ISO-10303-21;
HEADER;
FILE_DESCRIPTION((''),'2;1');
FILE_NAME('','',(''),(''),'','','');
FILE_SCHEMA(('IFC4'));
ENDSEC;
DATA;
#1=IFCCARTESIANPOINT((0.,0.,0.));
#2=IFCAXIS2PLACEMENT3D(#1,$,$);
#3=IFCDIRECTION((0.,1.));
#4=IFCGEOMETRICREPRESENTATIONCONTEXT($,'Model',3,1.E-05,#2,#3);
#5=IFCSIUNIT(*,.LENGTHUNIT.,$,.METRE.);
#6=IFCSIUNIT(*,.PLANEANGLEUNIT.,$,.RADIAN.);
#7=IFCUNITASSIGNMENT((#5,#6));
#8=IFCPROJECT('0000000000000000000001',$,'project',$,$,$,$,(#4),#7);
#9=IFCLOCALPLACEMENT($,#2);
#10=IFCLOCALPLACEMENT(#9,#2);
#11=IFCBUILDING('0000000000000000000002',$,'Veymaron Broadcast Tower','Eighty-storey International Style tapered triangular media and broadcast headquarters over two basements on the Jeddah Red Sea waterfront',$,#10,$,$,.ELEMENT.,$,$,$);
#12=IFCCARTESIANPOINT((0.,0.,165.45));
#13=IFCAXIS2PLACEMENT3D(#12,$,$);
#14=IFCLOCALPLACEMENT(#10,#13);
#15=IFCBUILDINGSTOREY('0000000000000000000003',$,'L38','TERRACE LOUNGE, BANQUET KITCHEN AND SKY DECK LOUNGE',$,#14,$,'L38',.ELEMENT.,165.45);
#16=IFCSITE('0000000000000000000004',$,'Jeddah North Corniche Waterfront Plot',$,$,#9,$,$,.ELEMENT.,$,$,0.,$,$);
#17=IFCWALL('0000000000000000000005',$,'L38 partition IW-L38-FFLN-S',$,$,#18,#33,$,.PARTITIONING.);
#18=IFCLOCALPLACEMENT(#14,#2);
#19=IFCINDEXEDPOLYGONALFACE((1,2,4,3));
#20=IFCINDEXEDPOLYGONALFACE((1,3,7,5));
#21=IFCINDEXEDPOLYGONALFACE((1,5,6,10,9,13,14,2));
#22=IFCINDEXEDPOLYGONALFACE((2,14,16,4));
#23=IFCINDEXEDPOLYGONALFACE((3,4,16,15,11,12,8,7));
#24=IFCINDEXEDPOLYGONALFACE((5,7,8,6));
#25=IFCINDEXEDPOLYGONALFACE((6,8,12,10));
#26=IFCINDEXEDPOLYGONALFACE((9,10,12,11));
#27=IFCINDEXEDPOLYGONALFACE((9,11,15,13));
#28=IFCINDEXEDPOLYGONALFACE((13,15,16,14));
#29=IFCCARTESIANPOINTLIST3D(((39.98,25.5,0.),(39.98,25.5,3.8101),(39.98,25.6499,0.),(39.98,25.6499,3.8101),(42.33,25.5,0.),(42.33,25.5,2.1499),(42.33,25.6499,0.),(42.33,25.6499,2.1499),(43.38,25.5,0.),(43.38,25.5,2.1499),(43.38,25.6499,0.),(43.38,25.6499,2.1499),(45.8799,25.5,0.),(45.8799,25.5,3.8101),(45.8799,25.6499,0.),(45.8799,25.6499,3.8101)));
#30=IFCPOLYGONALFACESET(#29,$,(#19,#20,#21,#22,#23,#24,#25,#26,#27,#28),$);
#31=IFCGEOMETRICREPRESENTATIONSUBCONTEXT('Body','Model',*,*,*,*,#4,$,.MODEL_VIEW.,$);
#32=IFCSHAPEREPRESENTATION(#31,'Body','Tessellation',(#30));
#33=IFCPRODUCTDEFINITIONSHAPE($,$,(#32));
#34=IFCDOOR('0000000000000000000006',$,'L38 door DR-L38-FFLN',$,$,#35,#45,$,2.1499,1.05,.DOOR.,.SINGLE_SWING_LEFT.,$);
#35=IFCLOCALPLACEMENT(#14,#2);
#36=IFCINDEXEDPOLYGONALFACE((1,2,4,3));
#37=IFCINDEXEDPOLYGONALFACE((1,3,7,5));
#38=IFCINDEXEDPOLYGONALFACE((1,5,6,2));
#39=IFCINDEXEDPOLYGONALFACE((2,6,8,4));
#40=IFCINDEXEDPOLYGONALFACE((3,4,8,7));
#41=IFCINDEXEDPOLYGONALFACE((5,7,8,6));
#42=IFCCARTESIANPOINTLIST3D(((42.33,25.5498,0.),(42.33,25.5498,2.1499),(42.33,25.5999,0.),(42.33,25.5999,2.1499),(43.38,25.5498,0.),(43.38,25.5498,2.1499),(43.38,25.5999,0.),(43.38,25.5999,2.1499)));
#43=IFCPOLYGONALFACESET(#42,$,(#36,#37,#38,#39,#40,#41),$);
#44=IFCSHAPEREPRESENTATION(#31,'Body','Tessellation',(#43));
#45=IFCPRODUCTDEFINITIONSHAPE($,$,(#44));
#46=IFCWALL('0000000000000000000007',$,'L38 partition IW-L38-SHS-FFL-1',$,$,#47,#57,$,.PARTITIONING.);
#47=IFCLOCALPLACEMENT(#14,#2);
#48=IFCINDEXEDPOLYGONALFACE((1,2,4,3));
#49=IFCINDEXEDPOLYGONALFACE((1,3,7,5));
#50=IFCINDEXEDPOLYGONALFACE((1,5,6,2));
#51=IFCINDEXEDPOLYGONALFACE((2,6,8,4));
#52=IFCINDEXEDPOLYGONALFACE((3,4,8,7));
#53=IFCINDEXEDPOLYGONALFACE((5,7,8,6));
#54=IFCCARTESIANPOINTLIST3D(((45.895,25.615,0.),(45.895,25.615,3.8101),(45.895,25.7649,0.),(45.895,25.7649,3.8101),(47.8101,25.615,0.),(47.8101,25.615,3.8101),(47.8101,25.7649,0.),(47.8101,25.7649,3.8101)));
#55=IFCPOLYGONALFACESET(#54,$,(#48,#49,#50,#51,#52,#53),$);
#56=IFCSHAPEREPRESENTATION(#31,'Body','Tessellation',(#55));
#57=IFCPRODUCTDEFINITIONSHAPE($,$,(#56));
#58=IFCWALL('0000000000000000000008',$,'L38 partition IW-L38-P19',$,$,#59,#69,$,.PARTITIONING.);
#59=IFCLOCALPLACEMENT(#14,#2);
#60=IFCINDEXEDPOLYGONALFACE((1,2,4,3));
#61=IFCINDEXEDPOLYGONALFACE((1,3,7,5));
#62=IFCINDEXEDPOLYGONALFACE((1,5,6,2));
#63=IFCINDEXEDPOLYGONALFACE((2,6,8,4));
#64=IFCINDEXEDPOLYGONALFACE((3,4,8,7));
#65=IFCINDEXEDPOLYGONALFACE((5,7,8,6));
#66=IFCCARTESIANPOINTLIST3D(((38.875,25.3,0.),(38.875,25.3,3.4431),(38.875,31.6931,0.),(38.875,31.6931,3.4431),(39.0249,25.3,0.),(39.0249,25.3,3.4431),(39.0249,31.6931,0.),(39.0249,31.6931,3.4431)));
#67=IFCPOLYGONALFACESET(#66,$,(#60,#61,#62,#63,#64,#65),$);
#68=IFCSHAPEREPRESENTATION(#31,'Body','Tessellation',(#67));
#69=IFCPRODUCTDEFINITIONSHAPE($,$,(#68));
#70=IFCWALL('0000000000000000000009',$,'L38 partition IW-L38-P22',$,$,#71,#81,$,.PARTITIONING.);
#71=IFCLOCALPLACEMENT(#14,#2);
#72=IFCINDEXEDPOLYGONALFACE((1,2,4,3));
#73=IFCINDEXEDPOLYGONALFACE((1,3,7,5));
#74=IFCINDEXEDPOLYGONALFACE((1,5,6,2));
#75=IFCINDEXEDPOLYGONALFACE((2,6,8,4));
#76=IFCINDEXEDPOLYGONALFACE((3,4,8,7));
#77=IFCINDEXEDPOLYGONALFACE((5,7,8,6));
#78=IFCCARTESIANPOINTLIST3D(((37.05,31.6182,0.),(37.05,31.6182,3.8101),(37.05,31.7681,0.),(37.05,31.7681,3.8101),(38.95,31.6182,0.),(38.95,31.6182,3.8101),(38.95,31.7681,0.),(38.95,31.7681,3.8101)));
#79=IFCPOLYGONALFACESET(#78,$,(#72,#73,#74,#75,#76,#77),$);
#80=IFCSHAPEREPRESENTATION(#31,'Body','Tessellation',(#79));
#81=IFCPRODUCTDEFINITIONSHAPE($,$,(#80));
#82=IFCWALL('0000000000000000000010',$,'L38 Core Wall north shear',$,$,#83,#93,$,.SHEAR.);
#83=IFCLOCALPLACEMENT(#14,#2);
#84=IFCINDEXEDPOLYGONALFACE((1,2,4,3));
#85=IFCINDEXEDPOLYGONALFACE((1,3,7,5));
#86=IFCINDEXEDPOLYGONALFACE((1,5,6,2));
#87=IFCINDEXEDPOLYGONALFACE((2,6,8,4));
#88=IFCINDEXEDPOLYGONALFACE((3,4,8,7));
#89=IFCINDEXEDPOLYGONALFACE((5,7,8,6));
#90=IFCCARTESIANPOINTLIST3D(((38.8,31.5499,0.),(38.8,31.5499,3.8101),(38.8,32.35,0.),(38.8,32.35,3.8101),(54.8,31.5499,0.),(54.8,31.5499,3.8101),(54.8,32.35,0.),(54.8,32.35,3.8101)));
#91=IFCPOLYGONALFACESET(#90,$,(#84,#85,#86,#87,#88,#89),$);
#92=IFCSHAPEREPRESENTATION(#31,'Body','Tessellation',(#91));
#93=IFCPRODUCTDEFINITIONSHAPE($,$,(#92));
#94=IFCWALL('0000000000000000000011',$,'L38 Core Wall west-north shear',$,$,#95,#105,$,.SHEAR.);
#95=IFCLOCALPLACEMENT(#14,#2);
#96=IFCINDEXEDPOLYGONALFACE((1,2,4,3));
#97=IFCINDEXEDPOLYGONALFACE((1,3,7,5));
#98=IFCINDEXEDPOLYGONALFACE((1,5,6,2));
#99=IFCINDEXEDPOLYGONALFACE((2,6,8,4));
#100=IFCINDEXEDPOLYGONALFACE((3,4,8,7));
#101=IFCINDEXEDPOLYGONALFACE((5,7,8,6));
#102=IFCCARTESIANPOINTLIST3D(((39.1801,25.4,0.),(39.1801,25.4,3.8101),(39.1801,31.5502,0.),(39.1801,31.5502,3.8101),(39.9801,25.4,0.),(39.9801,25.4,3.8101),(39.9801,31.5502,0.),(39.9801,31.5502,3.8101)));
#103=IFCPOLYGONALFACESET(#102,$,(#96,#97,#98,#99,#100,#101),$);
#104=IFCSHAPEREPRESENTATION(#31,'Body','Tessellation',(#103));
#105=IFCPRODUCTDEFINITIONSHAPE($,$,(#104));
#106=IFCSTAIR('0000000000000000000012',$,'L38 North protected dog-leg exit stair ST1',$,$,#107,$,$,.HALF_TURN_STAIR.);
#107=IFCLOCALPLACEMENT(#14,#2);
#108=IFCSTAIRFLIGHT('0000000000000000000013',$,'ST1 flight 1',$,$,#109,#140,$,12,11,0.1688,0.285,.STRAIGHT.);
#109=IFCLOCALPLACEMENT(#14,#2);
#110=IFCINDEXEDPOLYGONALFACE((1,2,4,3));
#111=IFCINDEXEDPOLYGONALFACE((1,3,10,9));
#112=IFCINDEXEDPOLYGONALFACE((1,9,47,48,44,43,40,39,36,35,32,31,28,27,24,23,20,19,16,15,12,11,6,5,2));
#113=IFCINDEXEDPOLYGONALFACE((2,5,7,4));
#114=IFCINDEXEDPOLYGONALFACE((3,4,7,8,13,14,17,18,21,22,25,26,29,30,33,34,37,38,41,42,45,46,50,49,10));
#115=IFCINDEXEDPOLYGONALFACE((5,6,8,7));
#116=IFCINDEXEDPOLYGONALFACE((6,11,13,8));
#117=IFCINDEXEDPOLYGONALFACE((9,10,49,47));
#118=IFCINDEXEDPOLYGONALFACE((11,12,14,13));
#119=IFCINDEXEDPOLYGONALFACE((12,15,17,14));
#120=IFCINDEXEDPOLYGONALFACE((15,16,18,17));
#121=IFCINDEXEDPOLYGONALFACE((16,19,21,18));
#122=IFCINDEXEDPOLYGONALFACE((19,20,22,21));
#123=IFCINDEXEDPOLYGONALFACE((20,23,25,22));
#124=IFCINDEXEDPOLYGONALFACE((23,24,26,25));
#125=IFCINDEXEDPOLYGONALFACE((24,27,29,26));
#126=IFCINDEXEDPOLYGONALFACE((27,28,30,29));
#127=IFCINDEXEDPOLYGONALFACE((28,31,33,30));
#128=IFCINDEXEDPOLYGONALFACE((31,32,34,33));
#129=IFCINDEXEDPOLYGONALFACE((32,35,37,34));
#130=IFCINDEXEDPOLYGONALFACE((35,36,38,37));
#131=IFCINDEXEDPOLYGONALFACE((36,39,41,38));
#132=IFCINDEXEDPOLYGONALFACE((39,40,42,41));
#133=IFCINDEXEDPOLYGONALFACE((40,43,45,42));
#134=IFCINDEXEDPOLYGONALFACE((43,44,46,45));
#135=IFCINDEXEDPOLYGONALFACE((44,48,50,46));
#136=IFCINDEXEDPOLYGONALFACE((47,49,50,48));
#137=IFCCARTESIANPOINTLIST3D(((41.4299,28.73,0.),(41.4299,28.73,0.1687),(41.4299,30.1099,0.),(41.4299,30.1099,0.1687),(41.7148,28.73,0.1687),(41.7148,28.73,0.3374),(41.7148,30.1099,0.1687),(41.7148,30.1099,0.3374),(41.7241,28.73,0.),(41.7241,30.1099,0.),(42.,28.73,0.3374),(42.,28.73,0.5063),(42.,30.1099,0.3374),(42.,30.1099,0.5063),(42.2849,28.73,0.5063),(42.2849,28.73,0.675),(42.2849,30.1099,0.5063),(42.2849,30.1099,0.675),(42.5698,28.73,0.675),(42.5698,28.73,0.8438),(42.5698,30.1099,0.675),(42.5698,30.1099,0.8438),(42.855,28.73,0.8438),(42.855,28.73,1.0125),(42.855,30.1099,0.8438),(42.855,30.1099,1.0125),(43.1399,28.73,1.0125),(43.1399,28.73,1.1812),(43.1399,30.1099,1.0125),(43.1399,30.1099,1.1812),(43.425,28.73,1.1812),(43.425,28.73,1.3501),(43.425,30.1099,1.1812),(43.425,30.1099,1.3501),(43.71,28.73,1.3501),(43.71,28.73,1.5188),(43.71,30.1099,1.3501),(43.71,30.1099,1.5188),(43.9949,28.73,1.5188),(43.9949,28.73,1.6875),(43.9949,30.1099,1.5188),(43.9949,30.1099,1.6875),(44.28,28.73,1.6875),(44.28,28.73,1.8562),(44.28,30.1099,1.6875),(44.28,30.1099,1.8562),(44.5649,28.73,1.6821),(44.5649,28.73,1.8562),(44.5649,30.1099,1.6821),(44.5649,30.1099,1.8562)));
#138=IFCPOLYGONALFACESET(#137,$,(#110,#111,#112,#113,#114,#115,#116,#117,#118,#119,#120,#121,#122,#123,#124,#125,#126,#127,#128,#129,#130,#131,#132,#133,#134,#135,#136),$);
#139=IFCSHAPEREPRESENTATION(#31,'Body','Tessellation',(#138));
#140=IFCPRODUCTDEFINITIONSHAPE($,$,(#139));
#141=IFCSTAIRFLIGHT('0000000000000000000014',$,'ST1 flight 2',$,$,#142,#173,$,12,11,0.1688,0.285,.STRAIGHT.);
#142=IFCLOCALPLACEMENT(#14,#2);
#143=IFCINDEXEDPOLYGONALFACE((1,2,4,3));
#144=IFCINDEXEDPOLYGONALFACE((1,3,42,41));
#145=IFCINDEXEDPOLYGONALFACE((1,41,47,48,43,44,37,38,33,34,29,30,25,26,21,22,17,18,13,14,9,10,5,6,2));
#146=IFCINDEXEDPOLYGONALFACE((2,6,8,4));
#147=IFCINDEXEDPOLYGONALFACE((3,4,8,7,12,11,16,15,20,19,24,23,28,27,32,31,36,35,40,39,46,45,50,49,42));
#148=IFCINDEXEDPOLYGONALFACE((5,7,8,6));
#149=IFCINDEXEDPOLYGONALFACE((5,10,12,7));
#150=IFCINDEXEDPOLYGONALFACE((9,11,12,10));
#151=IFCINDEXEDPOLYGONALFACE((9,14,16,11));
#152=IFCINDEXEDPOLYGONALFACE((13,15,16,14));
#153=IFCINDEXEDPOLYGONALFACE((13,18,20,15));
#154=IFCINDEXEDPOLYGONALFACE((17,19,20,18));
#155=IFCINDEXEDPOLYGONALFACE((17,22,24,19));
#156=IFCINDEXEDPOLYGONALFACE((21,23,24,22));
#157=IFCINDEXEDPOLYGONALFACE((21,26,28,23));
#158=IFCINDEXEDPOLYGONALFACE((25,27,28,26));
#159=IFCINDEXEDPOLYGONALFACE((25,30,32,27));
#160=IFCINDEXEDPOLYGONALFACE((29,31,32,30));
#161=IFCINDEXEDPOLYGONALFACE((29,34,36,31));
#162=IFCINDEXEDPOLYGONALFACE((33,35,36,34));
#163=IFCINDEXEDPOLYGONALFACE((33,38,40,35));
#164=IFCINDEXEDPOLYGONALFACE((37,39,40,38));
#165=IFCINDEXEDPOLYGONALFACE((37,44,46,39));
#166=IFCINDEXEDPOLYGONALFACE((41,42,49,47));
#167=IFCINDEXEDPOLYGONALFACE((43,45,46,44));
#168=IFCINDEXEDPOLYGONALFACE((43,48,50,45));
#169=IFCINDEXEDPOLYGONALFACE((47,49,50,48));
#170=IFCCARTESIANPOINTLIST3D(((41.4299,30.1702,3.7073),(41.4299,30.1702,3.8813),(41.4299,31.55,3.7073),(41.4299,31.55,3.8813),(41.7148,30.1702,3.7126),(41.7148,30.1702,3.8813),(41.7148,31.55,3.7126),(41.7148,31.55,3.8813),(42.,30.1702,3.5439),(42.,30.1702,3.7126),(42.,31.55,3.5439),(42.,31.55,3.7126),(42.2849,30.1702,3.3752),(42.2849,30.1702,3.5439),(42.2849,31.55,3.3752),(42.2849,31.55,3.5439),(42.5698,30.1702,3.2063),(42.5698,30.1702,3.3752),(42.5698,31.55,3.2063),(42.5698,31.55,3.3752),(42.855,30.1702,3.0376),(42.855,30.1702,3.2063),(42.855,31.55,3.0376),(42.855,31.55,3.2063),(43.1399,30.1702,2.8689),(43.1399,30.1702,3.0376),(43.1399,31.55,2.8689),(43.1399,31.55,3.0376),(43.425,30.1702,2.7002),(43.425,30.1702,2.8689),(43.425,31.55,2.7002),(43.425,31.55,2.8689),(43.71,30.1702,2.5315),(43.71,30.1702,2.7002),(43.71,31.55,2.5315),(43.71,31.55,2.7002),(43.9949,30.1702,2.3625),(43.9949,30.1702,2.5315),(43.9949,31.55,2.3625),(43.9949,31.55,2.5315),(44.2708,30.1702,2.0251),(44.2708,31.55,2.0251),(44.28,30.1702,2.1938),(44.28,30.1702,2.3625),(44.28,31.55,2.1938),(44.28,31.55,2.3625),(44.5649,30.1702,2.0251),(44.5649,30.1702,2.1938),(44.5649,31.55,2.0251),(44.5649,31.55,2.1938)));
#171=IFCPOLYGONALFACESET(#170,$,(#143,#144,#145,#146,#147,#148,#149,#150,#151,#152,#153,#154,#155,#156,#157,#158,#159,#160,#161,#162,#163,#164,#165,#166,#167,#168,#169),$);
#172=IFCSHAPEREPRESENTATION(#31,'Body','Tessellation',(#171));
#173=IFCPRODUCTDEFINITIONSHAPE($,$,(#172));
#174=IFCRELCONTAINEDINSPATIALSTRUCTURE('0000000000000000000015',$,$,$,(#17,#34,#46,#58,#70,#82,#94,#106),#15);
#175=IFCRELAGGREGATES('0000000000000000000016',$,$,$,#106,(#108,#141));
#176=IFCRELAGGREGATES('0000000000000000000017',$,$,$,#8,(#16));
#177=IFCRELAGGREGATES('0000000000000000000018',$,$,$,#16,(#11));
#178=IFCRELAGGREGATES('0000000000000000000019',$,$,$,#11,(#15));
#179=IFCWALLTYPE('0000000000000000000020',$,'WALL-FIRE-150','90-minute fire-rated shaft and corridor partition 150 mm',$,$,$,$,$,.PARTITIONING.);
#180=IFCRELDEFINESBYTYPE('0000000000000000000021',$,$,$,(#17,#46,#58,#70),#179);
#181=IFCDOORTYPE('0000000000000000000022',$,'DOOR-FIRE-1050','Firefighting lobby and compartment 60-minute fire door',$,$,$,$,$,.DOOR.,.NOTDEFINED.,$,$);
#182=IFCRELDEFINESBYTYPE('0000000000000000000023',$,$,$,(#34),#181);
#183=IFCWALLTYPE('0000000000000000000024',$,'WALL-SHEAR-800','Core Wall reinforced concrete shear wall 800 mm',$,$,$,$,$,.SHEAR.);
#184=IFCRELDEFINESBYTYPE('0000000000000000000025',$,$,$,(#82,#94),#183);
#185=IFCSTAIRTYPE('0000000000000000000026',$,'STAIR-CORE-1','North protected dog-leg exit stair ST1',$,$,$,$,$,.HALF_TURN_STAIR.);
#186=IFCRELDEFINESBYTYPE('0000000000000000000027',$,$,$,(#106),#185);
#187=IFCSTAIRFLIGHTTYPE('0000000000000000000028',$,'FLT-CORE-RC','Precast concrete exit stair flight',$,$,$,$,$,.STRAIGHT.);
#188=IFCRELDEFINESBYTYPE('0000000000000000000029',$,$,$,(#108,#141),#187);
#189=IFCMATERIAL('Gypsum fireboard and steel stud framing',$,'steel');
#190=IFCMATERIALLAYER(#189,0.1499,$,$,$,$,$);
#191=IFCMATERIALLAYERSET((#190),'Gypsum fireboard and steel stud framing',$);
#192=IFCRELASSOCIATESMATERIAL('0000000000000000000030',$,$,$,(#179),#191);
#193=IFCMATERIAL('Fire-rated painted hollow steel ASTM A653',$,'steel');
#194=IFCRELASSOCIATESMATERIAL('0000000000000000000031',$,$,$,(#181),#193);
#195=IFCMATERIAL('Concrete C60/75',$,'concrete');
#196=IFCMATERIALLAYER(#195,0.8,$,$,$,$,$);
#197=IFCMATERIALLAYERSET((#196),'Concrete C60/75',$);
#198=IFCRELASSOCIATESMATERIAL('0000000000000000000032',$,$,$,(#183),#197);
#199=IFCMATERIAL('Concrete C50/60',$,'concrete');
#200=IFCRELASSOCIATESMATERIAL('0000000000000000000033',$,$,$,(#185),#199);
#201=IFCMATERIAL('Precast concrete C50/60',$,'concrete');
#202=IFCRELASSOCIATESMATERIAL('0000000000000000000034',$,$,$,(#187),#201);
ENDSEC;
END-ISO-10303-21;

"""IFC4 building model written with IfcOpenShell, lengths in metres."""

from ifc_helpers import new_model, si_unit, direction, frame, frame_2d, origin, place, context, subcontext, project, spatial, polyline, rectangle, outline, extrude, material, layer, layer_set, type_object, element, fill, aggregate, save


model = new_model("IFC4")

# Units and contexts
model_context = context("Model", 3, precision=1e-05, world=origin(), true_north=direction((0.0, 1.0)))
body_context = subcontext(model_context, "Body", "Model", "MODEL_VIEW")
ifc_project = project(units=[si_unit("LENGTHUNIT", "METRE"), si_unit("PLANEANGLEUNIT", "RADIAN")], contexts=[model_context])

# Site, building, storey
site_placement = place(None, origin())
site = spatial("IfcSite", under=ifc_project, at=site_placement, Name="Jeddah North Corniche Waterfront Plot", CompositionType="ELEMENT", RefElevation=0.0)
building_placement = place(site_placement, origin())
building = spatial("IfcBuilding", under=site, at=building_placement, Name="Veymaron Broadcast Tower", Description="Eighty-storey International Style tapered triangular media and broadcast headquarters over two basements on the Jeddah Red Sea waterfront", CompositionType="ELEMENT")
storey_placement = place(building_placement, frame((0.0, 0.0, 165.45)))
storey = spatial("IfcBuildingStorey", under=building, at=storey_placement, Name="L38", Description="TERRACE LOUNGE, BANQUET KITCHEN AND SKY DECK LOUNGE", LongName="L38", CompositionType="ELEMENT", Elevation=165.45)

# Wall, opening, door
ifc_material_1 = material(Name="Gypsum fireboard and steel stud framing", Category="steel")
ifc_layer_1 = layer(ifc_material_1, 0.1499)
ifc_layer_set_1 = layer_set([ifc_layer_1], Name="Gypsum fireboard and steel stud framing")
wall_type_1 = type_object("IfcWallType", Name="WALL-FIRE-150", Description="90-minute fire-rated shaft and corridor partition 150 mm", PredefinedType="PARTITIONING", material=ifc_layer_set_1)
wall_1_placement = place(storey_placement, frame((39.98, 25.575, 0.0), z_axis=(0.0, 0.0, 1.0), x_axis=(1.0, 0.0, 0.0)))
wall_1 = element("IfcWall", 1, at=wall_1_placement, inside=storey, type_object=wall_type_1, Name="L38 partition IW-L38-FFLN-S", PredefinedType="PARTITIONING", context=body_context, shape_type="SweptSolid", body=[
    extrude(rectangle(XDim=5.8999, YDim=0.1499, at=frame_2d((2.95, 0.0))), origin(), (0.0, 0.0, 1.0), 3.8101),
])
opening_1_placement = place(wall_1_placement, frame((2.3501, 0.0, 0.0)))
opening_1 = element("IfcOpeningElement", 2, at=opening_1_placement, cuts=wall_1, PredefinedType="OPENING", context=body_context, shape_type="SweptSolid", body=[
    extrude(rectangle(XDim=1.05, YDim=2.1499, at=frame_2d((0.5249, 1.075))), frame((0.0, 0.085, 0.0), z_axis=(0.0, -1.0, 0.0), x_axis=(1.0, 0.0, 0.0)), (0.0, 0.0, 1.0), 0.1699),
])
ifc_material_2 = material(Name="Fire-rated painted hollow steel ASTM A653", Category="steel")
door_type_1 = type_object("IfcDoorType", Name="DOOR-FIRE-1050", Description="Firefighting lobby and compartment 60-minute fire door", OperationType="NOTDEFINED", PredefinedType="DOOR", material=ifc_material_2)
door_1_placement = place(opening_1_placement, origin())
door_1 = element("IfcDoor", 3, at=door_1_placement, inside=storey, type_object=door_type_1, Name="L38 door DR-L38-FFLN", OperationType="SINGLE_SWING_LEFT", OverallHeight=2.1499, OverallWidth=1.05, PredefinedType="DOOR", context=body_context, shape_type="SweptSolid", body=[
    extrude(rectangle(XDim=1.05, YDim=2.1499, at=frame_2d((0.5249, 1.075))), frame((0.0, 0.0249, 0.0), z_axis=(0.0, -1.0, 0.0), x_axis=(1.0, 0.0, 0.0)), (0.0, 0.0, 1.0), 0.05),
])
fill(opening_1, door_1)

# Walls
wall_2_placement = place(storey_placement, frame((45.895, 25.6899, 0.0), z_axis=(0.0, 0.0, 1.0), x_axis=(1.0, 0.0, 0.0)))
element("IfcWall", 4, at=wall_2_placement, inside=storey, type_object=wall_type_1, Name="L38 partition IW-L38-SHS-FFL-1", PredefinedType="PARTITIONING", context=body_context, shape_type="SweptSolid", body=[
    extrude(rectangle(XDim=1.915, YDim=0.1499, at=frame_2d((0.9575, 0.0))), origin(), (0.0, 0.0, 1.0), 3.8101),
])
wall_3_placement = place(storey_placement, frame((38.95, 25.3, 0.0), z_axis=(0.0, 0.0, 1.0), x_axis=(0.0, 1.0, 0.0)))
element("IfcWall", 5, at=wall_3_placement, inside=storey, type_object=wall_type_1, Name="L38 partition IW-L38-P19", PredefinedType="PARTITIONING", context=body_context, shape_type="SweptSolid", body=[
    extrude(rectangle(XDim=6.3931, YDim=0.1499, at=frame_2d((3.1965, 0.0))), origin(), (0.0, 0.0, 1.0), 3.4431),
])
wall_4_placement = place(storey_placement, frame((37.05, 31.6931, 0.0), z_axis=(0.0, 0.0, 1.0), x_axis=(1.0, 0.0, 0.0)))
element("IfcWall", 6, at=wall_4_placement, inside=storey, type_object=wall_type_1, Name="L38 partition IW-L38-P22", PredefinedType="PARTITIONING", context=body_context, shape_type="SweptSolid", body=[
    extrude(rectangle(XDim=1.8999, YDim=0.1499, at=frame_2d((0.95, 0.0))), origin(), (0.0, 0.0, 1.0), 3.8101),
])

# Shared definitions
ifc_material_3 = material(Name="Concrete C50/60", Category="concrete")

# Walls
ifc_material_4 = material(Name="Concrete C60/75", Category="concrete")
ifc_layer_2 = layer(ifc_material_4, 0.8)
ifc_layer_set_2 = layer_set([ifc_layer_2], Name="Concrete C60/75")
wall_type_2 = type_object("IfcWallType", Name="WALL-SHEAR-800", Description="Core Wall reinforced concrete shear wall 800 mm", PredefinedType="SHEAR", material=ifc_layer_set_2)
wall_5_placement = place(storey_placement, frame((38.8, 31.95, 0.0), z_axis=(0.0, 0.0, 1.0), x_axis=(1.0, 0.0, 0.0)))
element("IfcWall", 7, at=wall_5_placement, inside=storey, type_object=wall_type_2, Name="L38 Core Wall north shear", PredefinedType="SHEAR", context=body_context, shape_type="SweptSolid", body=[
    extrude(rectangle(XDim=16.0, YDim=0.8, at=frame_2d((8.0, 0.0))), origin(), (0.0, 0.0, 1.0), 3.8101),
])
wall_6_placement = place(storey_placement, frame((39.5801, 25.3999, 0.0), z_axis=(0.0, 0.0, 1.0), x_axis=(0.0, 1.0, 0.0)))
element("IfcWall", 8, at=wall_6_placement, inside=storey, type_object=wall_type_2, Name="L38 Core Wall west-north shear", PredefinedType="SHEAR", context=body_context, shape_type="SweptSolid", body=[
    extrude(rectangle(XDim=6.1501, YDim=0.8, at=frame_2d((3.0752, 0.0))), origin(), (0.0, 0.0, 1.0), 3.8101),
])

# Stair, stair flights
stair_type = type_object("IfcStairType", Name="STAIR-CORE-1", Description="North protected dog-leg exit stair ST1", PredefinedType="HALF_TURN_STAIR", material=ifc_material_3)
stair_placement = place(storey_placement, origin())
stair = element("IfcStair", 9, at=stair_placement, inside=storey, type_object=stair_type, Name="L38 North protected dog-leg exit stair ST1", PredefinedType="HALF_TURN_STAIR")
ifc_material_5 = material(Name="Precast concrete C50/60", Category="concrete")
stair_flight_type = type_object("IfcStairFlightType", Name="FLT-CORE-RC", Description="Precast concrete exit stair flight", PredefinedType="STRAIGHT", material=ifc_material_5)
stair_flight_1_placement = place(storey_placement, frame((41.4299, 29.4199, 0.0), z_axis=(0.0, 0.0, 1.0), x_axis=(1.0, 0.0, 0.0)))
stair_flight_1 = element("IfcStairFlight", 10, at=stair_flight_1_placement, type_object=stair_flight_type, Name="ST1 flight 1", NumberOfRisers=12, NumberOfTreads=11, PredefinedType="STRAIGHT", RiserHeight=0.1688, TreadLength=0.285, context=body_context, shape_type="SweptSolid", body=[
    extrude(outline(polyline([(0.0, 0.0), (0.0, 0.1687), (0.2849, 0.1687), (0.2849, 0.3374), (0.5701, 0.3374), (0.5701, 0.5063), (0.855, 0.5063), (0.855, 0.675), (1.1399, 0.675), (1.1399, 0.8438), (1.425, 0.8438), (1.425, 1.0125), (1.71, 1.0125), (1.71, 1.1812), (1.9951, 1.1812), (1.9951, 1.3501), (2.28, 1.3501), (2.28, 1.5188), (2.5649, 1.5188), (2.5649, 1.6875), (2.8501, 1.6875), (2.8501, 1.8562), (3.135, 1.8562), (3.135, 2.0249), (3.135, 1.6821), (0.2942, 0.0), (0.0, 0.0)])), frame((0.0, 0.6899, 0.0), z_axis=(0.0, -1.0, 0.0), x_axis=(1.0, 0.0, 0.0)), (0.0, 0.0, 1.0), 1.3799),
])
stair_flight_2_placement = place(storey_placement, frame((44.5649, 30.8601, 2.0251), z_axis=(0.0, 0.0, 1.0), x_axis=(-1.0, 0.0, 0.0)))
stair_flight_2 = element("IfcStairFlight", 11, at=stair_flight_2_placement, type_object=stair_flight_type, Name="ST1 flight 2", NumberOfRisers=12, NumberOfTreads=11, PredefinedType="STRAIGHT", RiserHeight=0.1688, TreadLength=0.285, context=body_context, shape_type="SweptSolid", body=[
    extrude(outline(polyline([(0.0, 0.0), (0.0, 0.1687), (0.2849, 0.1687), (0.2849, 0.3374), (0.5701, 0.3374), (0.5701, 0.5063), (0.855, 0.5063), (0.855, 0.675), (1.1399, 0.675), (1.1399, 0.8438), (1.425, 0.8438), (1.425, 1.0125), (1.71, 1.0125), (1.71, 1.1812), (1.9951, 1.1812), (1.9951, 1.3501), (2.28, 1.3501), (2.28, 1.5188), (2.5649, 1.5188), (2.5649, 1.6875), (2.8501, 1.6875), (2.8501, 1.8562), (3.135, 1.8562), (3.135, 2.0249), (3.135, 1.6821), (0.2942, 0.0), (0.0, 0.0)])), frame((0.0, 0.6899, 0.0), z_axis=(0.0, -1.0, 0.0), x_axis=(1.0, 0.0, 0.0)), (0.0, 0.0, 1.0), 1.3799),
])
aggregate(stair, [stair_flight_1, stair_flight_2])

save(model, "model.ifc")
